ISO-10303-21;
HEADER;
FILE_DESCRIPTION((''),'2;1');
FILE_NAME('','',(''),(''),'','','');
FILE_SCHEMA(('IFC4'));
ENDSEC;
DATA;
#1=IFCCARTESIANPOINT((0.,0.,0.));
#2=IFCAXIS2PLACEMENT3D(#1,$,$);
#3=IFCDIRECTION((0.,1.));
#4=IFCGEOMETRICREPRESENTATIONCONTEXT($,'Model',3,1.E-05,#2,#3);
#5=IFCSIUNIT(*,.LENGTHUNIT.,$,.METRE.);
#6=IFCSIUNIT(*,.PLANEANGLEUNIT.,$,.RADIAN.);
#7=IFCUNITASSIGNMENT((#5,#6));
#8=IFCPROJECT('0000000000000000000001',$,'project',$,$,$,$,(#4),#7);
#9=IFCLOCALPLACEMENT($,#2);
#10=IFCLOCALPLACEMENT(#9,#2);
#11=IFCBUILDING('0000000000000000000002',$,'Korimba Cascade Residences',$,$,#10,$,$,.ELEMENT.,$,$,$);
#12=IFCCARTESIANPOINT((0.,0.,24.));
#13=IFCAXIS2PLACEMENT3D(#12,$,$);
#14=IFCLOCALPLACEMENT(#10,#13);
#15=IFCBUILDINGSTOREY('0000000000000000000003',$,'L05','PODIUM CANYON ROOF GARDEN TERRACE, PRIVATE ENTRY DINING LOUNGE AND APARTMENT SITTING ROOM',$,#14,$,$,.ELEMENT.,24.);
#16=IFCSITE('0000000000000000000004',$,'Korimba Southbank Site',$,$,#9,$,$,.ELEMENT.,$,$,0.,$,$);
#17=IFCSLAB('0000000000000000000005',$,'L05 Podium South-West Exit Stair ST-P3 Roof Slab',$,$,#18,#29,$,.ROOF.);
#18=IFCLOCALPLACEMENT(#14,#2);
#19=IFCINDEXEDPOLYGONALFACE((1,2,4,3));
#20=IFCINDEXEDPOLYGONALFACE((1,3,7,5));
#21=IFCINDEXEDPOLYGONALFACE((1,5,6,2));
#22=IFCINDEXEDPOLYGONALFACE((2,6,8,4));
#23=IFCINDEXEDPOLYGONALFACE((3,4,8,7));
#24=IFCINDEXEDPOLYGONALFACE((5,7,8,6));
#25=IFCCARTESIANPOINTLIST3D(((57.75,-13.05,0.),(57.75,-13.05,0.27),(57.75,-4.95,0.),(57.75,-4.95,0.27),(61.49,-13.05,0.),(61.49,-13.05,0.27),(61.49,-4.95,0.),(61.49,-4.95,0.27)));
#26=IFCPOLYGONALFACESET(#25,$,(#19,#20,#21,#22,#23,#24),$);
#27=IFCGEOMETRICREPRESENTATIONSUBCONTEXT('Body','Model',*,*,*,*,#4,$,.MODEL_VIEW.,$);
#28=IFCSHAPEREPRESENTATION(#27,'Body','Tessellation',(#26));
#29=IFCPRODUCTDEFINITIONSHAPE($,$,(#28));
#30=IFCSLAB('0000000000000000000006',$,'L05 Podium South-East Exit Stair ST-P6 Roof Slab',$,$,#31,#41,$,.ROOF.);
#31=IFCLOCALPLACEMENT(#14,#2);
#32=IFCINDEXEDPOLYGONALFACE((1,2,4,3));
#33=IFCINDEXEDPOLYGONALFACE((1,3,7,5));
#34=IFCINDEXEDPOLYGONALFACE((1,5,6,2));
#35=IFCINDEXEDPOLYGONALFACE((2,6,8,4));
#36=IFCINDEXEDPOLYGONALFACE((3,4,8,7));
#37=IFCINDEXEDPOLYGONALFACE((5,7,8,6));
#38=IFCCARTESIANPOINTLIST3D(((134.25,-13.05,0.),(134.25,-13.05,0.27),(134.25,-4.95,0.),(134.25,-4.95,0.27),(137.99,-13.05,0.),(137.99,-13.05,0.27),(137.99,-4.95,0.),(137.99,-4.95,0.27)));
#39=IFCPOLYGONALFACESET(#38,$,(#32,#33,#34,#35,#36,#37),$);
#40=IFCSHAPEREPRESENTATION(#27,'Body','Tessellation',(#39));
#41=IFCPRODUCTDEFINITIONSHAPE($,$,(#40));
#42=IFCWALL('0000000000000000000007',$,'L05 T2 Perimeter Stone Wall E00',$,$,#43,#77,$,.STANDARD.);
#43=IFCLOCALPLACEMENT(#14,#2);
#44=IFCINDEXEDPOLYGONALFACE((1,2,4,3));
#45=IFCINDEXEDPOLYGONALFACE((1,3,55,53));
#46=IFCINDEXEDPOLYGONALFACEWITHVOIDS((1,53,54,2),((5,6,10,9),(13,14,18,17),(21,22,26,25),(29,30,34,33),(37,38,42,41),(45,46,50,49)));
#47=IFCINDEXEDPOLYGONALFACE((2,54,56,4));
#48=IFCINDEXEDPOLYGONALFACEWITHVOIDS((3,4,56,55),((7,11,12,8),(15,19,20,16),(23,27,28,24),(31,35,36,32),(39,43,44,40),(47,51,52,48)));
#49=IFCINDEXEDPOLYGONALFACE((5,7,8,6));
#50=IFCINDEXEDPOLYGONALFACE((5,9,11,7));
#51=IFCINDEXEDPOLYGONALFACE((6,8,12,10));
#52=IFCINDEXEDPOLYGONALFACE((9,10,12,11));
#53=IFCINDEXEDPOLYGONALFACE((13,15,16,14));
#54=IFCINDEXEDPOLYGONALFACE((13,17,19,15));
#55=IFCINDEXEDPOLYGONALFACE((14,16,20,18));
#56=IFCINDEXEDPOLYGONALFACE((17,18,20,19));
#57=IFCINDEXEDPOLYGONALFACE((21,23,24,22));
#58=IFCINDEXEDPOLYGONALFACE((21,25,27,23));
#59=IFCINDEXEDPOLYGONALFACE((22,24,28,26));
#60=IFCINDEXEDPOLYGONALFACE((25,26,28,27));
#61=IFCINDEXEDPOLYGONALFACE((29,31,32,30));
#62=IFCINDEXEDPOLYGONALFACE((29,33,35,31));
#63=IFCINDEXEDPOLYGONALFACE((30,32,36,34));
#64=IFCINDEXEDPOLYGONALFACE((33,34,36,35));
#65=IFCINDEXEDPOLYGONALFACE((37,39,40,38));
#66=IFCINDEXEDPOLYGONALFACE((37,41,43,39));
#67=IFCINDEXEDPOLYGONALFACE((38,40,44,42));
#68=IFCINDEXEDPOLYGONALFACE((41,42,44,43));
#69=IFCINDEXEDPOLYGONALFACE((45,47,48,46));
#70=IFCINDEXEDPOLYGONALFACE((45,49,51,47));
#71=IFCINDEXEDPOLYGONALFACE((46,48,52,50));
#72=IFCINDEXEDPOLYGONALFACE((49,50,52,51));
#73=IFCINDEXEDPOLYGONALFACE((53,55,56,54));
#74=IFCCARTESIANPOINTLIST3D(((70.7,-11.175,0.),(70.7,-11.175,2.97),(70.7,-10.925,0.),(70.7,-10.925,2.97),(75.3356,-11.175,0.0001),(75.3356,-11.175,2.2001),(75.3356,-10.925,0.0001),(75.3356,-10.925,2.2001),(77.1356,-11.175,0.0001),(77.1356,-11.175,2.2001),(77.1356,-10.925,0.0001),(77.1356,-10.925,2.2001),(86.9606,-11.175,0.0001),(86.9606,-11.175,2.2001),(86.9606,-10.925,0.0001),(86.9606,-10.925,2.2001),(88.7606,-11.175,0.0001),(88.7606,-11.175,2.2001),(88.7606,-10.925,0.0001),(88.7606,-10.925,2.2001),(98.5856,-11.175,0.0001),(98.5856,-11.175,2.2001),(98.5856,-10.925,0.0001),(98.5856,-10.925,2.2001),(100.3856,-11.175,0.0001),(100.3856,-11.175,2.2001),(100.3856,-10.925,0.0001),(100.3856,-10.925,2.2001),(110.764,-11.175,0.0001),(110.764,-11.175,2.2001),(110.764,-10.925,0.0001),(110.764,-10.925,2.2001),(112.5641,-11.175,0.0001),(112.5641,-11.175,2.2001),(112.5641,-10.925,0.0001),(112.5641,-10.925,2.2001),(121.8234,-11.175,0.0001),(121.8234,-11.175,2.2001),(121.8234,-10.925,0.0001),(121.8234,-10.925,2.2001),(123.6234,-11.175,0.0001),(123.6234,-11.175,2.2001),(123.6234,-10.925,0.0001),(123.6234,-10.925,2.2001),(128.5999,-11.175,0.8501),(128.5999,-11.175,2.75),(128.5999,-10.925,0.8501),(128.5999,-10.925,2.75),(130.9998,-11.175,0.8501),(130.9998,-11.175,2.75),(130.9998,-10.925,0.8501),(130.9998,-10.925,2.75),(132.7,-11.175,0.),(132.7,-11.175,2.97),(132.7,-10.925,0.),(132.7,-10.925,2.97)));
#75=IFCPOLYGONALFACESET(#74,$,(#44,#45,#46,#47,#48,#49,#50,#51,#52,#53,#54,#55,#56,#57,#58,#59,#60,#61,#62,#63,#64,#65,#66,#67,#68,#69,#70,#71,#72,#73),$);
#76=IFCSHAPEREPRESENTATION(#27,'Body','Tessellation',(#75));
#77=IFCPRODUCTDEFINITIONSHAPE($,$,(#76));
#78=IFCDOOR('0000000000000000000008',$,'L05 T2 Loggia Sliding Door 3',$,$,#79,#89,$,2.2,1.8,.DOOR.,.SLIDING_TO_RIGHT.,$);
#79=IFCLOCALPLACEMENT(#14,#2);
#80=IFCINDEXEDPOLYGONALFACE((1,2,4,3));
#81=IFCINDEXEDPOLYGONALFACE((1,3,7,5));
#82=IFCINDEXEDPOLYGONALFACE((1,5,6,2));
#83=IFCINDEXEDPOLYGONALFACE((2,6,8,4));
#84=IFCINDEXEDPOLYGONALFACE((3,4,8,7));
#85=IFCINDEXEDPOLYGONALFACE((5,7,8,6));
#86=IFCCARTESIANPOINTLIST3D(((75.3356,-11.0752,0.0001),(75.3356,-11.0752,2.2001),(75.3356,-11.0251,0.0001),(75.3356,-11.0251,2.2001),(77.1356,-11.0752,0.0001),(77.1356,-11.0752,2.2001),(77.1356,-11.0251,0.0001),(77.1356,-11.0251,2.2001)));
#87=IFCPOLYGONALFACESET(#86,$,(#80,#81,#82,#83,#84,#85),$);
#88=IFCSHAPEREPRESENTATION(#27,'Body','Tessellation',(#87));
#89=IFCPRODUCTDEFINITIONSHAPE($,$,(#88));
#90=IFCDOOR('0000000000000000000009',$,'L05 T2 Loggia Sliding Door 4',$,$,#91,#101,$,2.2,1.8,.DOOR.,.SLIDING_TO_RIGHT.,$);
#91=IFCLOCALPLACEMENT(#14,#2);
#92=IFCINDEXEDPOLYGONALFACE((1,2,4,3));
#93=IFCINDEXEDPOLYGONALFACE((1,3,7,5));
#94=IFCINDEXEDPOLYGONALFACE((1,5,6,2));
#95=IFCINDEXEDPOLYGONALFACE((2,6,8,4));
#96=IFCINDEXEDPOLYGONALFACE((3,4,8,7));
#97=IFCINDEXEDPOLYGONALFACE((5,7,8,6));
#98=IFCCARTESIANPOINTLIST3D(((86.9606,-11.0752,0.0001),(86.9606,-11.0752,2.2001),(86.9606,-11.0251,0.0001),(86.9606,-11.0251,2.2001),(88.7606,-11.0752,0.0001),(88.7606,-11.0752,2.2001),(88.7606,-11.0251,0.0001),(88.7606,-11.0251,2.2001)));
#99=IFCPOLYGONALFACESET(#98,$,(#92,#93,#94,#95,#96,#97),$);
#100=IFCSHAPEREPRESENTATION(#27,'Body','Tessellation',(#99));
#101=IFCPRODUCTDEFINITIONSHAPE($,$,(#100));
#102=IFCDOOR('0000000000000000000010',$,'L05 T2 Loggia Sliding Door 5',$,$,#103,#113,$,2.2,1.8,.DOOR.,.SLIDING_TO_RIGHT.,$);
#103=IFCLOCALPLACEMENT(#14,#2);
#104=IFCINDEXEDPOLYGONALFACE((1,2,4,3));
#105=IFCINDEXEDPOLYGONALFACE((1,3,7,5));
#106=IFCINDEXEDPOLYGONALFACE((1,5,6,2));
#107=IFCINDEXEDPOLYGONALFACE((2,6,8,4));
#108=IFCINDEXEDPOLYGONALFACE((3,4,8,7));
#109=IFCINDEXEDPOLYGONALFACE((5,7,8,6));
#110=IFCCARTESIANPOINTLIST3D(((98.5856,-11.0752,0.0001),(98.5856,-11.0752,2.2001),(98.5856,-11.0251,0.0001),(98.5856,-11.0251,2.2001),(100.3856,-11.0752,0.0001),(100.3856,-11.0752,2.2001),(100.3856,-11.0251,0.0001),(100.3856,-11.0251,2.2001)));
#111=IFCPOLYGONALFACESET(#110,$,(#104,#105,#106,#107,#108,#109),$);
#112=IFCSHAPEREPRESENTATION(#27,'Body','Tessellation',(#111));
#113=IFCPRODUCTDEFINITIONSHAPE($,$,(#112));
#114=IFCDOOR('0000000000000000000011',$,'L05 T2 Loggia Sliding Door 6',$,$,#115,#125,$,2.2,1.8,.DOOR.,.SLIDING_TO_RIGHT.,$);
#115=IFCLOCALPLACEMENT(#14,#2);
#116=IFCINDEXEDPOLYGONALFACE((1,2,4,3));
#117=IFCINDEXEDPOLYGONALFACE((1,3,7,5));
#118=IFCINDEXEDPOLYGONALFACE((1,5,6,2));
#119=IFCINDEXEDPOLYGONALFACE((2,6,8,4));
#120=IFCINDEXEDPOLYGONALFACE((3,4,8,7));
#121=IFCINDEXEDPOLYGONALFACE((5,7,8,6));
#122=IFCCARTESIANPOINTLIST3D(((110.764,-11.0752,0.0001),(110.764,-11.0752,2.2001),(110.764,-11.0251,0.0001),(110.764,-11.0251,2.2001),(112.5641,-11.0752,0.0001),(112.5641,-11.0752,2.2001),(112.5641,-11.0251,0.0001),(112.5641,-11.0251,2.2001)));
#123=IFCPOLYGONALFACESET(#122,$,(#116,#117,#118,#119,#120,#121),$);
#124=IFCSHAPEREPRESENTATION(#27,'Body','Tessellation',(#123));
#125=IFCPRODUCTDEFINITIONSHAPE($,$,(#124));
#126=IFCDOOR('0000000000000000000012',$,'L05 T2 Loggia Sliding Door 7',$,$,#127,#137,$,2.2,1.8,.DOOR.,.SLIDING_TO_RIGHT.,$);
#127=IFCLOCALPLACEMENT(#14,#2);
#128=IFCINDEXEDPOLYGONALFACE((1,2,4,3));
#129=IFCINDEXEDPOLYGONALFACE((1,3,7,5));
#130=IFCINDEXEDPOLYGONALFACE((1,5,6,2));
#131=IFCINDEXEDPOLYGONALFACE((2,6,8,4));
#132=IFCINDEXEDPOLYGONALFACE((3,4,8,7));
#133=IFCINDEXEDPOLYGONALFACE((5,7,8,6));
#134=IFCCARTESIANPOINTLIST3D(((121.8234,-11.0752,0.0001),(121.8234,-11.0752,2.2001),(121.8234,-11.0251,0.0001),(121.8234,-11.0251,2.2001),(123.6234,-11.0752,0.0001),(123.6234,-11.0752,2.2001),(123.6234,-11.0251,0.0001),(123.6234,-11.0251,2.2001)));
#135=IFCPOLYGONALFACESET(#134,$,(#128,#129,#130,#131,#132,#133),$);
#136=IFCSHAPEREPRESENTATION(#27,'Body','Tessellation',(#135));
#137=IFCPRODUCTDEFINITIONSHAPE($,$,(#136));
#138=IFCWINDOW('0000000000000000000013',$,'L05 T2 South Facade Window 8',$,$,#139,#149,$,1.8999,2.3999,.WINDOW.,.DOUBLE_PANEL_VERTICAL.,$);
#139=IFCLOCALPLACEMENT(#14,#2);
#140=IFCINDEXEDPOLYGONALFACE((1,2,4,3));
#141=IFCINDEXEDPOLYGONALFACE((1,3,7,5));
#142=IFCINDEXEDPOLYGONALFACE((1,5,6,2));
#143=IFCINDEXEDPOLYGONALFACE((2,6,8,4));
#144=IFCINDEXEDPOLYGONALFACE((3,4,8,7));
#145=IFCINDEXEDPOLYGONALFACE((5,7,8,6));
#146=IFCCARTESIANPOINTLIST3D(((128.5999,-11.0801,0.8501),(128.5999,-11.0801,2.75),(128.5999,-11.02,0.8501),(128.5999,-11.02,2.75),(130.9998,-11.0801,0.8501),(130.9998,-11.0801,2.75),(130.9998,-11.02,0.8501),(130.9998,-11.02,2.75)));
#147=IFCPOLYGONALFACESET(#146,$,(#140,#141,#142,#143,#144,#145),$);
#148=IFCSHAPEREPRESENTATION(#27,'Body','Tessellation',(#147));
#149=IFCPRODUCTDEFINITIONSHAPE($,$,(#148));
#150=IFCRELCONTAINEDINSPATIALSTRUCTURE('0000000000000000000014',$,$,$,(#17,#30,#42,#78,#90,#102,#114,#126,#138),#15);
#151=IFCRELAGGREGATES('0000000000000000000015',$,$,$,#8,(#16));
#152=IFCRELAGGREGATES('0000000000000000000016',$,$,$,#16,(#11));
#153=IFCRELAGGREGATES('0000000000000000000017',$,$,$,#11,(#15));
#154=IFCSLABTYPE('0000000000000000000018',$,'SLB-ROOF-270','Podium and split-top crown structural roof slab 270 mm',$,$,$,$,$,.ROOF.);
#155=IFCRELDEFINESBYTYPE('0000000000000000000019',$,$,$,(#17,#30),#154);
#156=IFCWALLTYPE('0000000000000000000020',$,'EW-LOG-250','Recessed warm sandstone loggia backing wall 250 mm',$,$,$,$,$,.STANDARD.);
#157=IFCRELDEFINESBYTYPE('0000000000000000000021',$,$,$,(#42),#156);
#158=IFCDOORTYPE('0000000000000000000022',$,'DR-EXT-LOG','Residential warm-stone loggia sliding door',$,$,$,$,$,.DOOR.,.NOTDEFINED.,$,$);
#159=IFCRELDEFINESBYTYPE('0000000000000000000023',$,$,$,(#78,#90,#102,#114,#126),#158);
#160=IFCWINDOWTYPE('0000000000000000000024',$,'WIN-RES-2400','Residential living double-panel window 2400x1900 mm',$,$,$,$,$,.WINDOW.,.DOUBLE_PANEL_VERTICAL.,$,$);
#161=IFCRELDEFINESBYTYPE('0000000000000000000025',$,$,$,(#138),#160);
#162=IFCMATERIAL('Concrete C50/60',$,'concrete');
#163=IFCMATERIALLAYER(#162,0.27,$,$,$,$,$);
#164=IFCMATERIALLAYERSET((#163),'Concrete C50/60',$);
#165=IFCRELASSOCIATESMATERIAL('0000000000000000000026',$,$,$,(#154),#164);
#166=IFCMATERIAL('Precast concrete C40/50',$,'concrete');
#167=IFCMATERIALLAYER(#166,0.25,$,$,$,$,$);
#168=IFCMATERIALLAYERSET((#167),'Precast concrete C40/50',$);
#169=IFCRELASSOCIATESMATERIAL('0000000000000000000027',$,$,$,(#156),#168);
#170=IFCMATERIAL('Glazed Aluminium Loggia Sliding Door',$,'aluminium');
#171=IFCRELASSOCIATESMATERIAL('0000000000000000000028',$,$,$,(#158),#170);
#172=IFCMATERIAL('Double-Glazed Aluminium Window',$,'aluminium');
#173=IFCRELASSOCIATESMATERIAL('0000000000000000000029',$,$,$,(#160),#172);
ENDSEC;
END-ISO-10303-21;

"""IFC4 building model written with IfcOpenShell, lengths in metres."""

from ifc_helpers import new_model, si_unit, direction, frame, frame_2d, origin, place, context, subcontext, project, spatial, polyline, rectangle, outline, extrude, material, layer, layer_set, type_object, element, fill, save


model = new_model("IFC4")

# Units and contexts
model_context = context("Model", 3, precision=1e-05, world=origin(), true_north=direction((0.0, 1.0)))
body_context = subcontext(model_context, "Body", "Model", "MODEL_VIEW")
ifc_project = project(units=[si_unit("LENGTHUNIT", "METRE"), si_unit("PLANEANGLEUNIT", "RADIAN")], contexts=[model_context])

# Site, building, storey
site_placement = place(None, origin())
site = spatial("IfcSite", under=ifc_project, at=site_placement, Name="Korimba Southbank Site", CompositionType="ELEMENT", RefElevation=0.0)
building_placement = place(site_placement, origin())
building = spatial("IfcBuilding", under=site, at=building_placement, Name="Korimba Cascade Residences", CompositionType="ELEMENT")
storey_placement = place(building_placement, frame((0.0, 0.0, 24.0)))
storey = spatial("IfcBuildingStorey", under=building, at=storey_placement, Name="L05", Description="PODIUM CANYON ROOF GARDEN TERRACE, PRIVATE ENTRY DINING LOUNGE AND APARTMENT SITTING ROOM", CompositionType="ELEMENT", Elevation=24.0)

# Slabs
ifc_material_1 = material(Name="Concrete C50/60", Category="concrete")
ifc_layer_1 = layer(ifc_material_1, 0.27)
ifc_layer_set_1 = layer_set([ifc_layer_1], Name="Concrete C50/60")
slab_type = type_object("IfcSlabType", Name="SLB-ROOF-270", Description="Podium and split-top crown structural roof slab 270 mm", PredefinedType="ROOF", material=ifc_layer_set_1)
slab_1_placement = place(storey_placement, origin())
element("IfcSlab", 1, at=slab_1_placement, inside=storey, type_object=slab_type, Name="L05 Podium South-West Exit Stair ST-P3 Roof Slab", PredefinedType="ROOF", context=body_context, shape_type="SweptSolid", body=[
    extrude(outline(polyline([(57.75, -13.05), (61.49, -13.05), (61.49, -4.95), (57.75, -4.95), (57.75, -13.05)])), origin(), (0.0, 0.0, 1.0), 0.27),
])
slab_2_placement = place(storey_placement, origin())
element("IfcSlab", 2, at=slab_2_placement, inside=storey, type_object=slab_type, Name="L05 Podium South-East Exit Stair ST-P6 Roof Slab", PredefinedType="ROOF", context=body_context, shape_type="SweptSolid", body=[
    extrude(outline(polyline([(134.25, -13.05), (137.99, -13.05), (137.99, -4.95), (134.25, -4.95), (134.25, -13.05)])), origin(), (0.0, 0.0, 1.0), 0.27),
])

# Wall, openings, doors, window
ifc_material_2 = material(Name="Precast concrete C40/50", Category="concrete")
ifc_layer_2 = layer(ifc_material_2, 0.25)
ifc_layer_set_2 = layer_set([ifc_layer_2], Name="Precast concrete C40/50")
wall_type_1 = type_object("IfcWallType", Name="EW-LOG-250", Description="Recessed warm sandstone loggia backing wall 250 mm", PredefinedType="STANDARD", material=ifc_layer_set_2)
wall_1_placement = place(storey_placement, frame((70.7, -11.05, 0.0), z_axis=(0.0, 0.0, 1.0), x_axis=(1.0, 0.0, 0.0)))
wall_1 = element("IfcWall", 3, at=wall_1_placement, inside=storey, type_object=wall_type_1, Name="L05 T2 Perimeter Stone Wall E00", PredefinedType="STANDARD", context=body_context, shape_type="SweptSolid", body=[
    extrude(rectangle(XDim=62.0, YDim=0.25, at=frame_2d((31.0, 0.0))), origin(), (0.0, 0.0, 1.0), 2.97),
])
opening_1_placement = place(wall_1_placement, frame((4.6357, 0.0, 0.0)))
opening_1 = element("IfcOpeningElement", 4, at=opening_1_placement, cuts=wall_1, PredefinedType="OPENING", context=body_context, shape_type="SweptSolid", body=[
    extrude(rectangle(XDim=1.8, YDim=2.2, at=frame_2d((0.8999, 1.1001))), frame((0.0, 0.135, 0.0), z_axis=(0.0, -1.0, 0.0), x_axis=(1.0, 0.0, 0.0)), (0.0, 0.0, 1.0), 0.27),
])
opening_2_placement = place(wall_1_placement, frame((16.2607, 0.0, 0.0)))
opening_2 = element("IfcOpeningElement", 5, at=opening_2_placement, cuts=wall_1, PredefinedType="OPENING", context=body_context, shape_type="SweptSolid", body=[
    extrude(rectangle(XDim=1.8, YDim=2.2, at=frame_2d((0.8999, 1.1001))), frame((0.0, 0.135, 0.0), z_axis=(0.0, -1.0, 0.0), x_axis=(1.0, 0.0, 0.0)), (0.0, 0.0, 1.0), 0.27),
])
opening_3_placement = place(wall_1_placement, frame((27.8857, 0.0, 0.0)))
opening_3 = element("IfcOpeningElement", 6, at=opening_3_placement, cuts=wall_1, PredefinedType="OPENING", context=body_context, shape_type="SweptSolid", body=[
    extrude(rectangle(XDim=1.8, YDim=2.2, at=frame_2d((0.8999, 1.1001))), frame((0.0, 0.135, 0.0), z_axis=(0.0, -1.0, 0.0), x_axis=(1.0, 0.0, 0.0)), (0.0, 0.0, 1.0), 0.27),
])
opening_4_placement = place(wall_1_placement, frame((40.0642, 0.0, 0.0)))
opening_4 = element("IfcOpeningElement", 7, at=opening_4_placement, cuts=wall_1, PredefinedType="OPENING", context=body_context, shape_type="SweptSolid", body=[
    extrude(rectangle(XDim=1.8, YDim=2.2, at=frame_2d((0.8999, 1.1001))), frame((0.0, 0.135, 0.0), z_axis=(0.0, -1.0, 0.0), x_axis=(1.0, 0.0, 0.0)), (0.0, 0.0, 1.0), 0.27),
])
opening_5_placement = place(wall_1_placement, frame((51.1235, 0.0, 0.0)))
opening_5 = element("IfcOpeningElement", 8, at=opening_5_placement, cuts=wall_1, PredefinedType="OPENING", context=body_context, shape_type="SweptSolid", body=[
    extrude(rectangle(XDim=1.8, YDim=2.2, at=frame_2d((0.8999, 1.1001))), frame((0.0, 0.135, 0.0), z_axis=(0.0, -1.0, 0.0), x_axis=(1.0, 0.0, 0.0)), (0.0, 0.0, 1.0), 0.27),
])
opening_6_placement = place(wall_1_placement, frame((57.8999, 0.0, 0.8501)))
opening_6 = element("IfcOpeningElement", 9, at=opening_6_placement, cuts=wall_1, PredefinedType="OPENING", context=body_context, shape_type="SweptSolid", body=[
    extrude(rectangle(XDim=2.3999, YDim=1.8999, at=frame_2d((1.2, 0.95))), frame((0.0, 0.135, 0.0), z_axis=(0.0, -1.0, 0.0), x_axis=(1.0, 0.0, 0.0)), (0.0, 0.0, 1.0), 0.27),
])
ifc_material_3 = material(Name="Glazed Aluminium Loggia Sliding Door", Category="aluminium")
door_type_1 = type_object("IfcDoorType", Name="DR-EXT-LOG", Description="Residential warm-stone loggia sliding door", OperationType="NOTDEFINED", PredefinedType="DOOR", material=ifc_material_3)
door_1_placement = place(opening_1_placement, origin())
door_1 = element("IfcDoor", 10, at=door_1_placement, inside=storey, type_object=door_type_1, Name="L05 T2 Loggia Sliding Door 3", OperationType="SLIDING_TO_RIGHT", OverallHeight=2.2, OverallWidth=1.8, PredefinedType="DOOR", context=body_context, shape_type="SweptSolid", body=[
    extrude(rectangle(XDim=1.8, YDim=2.2, at=frame_2d((0.8999, 1.1001))), frame((0.0, 0.0249, 0.0), z_axis=(0.0, -1.0, 0.0), x_axis=(1.0, 0.0, 0.0)), (0.0, 0.0, 1.0), 0.05),
])
fill(opening_1, door_1)
door_2_placement = place(opening_2_placement, origin())
door_2 = element("IfcDoor", 11, at=door_2_placement, inside=storey, type_object=door_type_1, Name="L05 T2 Loggia Sliding Door 4", OperationType="SLIDING_TO_RIGHT", OverallHeight=2.2, OverallWidth=1.8, PredefinedType="DOOR", context=body_context, shape_type="SweptSolid", body=[
    extrude(rectangle(XDim=1.8, YDim=2.2, at=frame_2d((0.8999, 1.1001))), frame((0.0, 0.0249, 0.0), z_axis=(0.0, -1.0, 0.0), x_axis=(1.0, 0.0, 0.0)), (0.0, 0.0, 1.0), 0.05),
])
fill(opening_2, door_2)
door_3_placement = place(opening_3_placement, origin())
door_3 = element("IfcDoor", 12, at=door_3_placement, inside=storey, type_object=door_type_1, Name="L05 T2 Loggia Sliding Door 5", OperationType="SLIDING_TO_RIGHT", OverallHeight=2.2, OverallWidth=1.8, PredefinedType="DOOR", context=body_context, shape_type="SweptSolid", body=[
    extrude(rectangle(XDim=1.8, YDim=2.2, at=frame_2d((0.8999, 1.1001))), frame((0.0, 0.0249, 0.0), z_axis=(0.0, -1.0, 0.0), x_axis=(1.0, 0.0, 0.0)), (0.0, 0.0, 1.0), 0.05),
])
fill(opening_3, door_3)
door_4_placement = place(opening_4_placement, origin())
door_4 = element("IfcDoor", 13, at=door_4_placement, inside=storey, type_object=door_type_1, Name="L05 T2 Loggia Sliding Door 6", OperationType="SLIDING_TO_RIGHT", OverallHeight=2.2, OverallWidth=1.8, PredefinedType="DOOR", context=body_context, shape_type="SweptSolid", body=[
    extrude(rectangle(XDim=1.8, YDim=2.2, at=frame_2d((0.8999, 1.1001))), frame((0.0, 0.0249, 0.0), z_axis=(0.0, -1.0, 0.0), x_axis=(1.0, 0.0, 0.0)), (0.0, 0.0, 1.0), 0.05),
])
fill(opening_4, door_4)
door_5_placement = place(opening_5_placement, origin())
door_5 = element("IfcDoor", 14, at=door_5_placement, inside=storey, type_object=door_type_1, Name="L05 T2 Loggia Sliding Door 7", OperationType="SLIDING_TO_RIGHT", OverallHeight=2.2, OverallWidth=1.8, PredefinedType="DOOR", context=body_context, shape_type="SweptSolid", body=[
    extrude(rectangle(XDim=1.8, YDim=2.2, at=frame_2d((0.8999, 1.1001))), frame((0.0, 0.0249, 0.0), z_axis=(0.0, -1.0, 0.0), x_axis=(1.0, 0.0, 0.0)), (0.0, 0.0, 1.0), 0.05),
])
fill(opening_5, door_5)
ifc_material_4 = material(Name="Double-Glazed Aluminium Window", Category="aluminium")
window_type_1 = type_object("IfcWindowType", Name="WIN-RES-2400", Description="Residential living double-panel window 2400x1900 mm", PartitioningType="DOUBLE_PANEL_VERTICAL", PredefinedType="WINDOW", material=ifc_material_4)
window_1_placement = place(opening_6_placement, origin())
window_1 = element("IfcWindow", 15, at=window_1_placement, inside=storey, type_object=window_type_1, Name="L05 T2 South Facade Window 8", OverallHeight=1.8999, OverallWidth=2.3999, PartitioningType="DOUBLE_PANEL_VERTICAL", PredefinedType="WINDOW", context=body_context, shape_type="SweptSolid", body=[
    extrude(rectangle(XDim=2.3999, YDim=1.8999, at=frame_2d((1.2, 0.95))), frame((0.0, 0.03, 0.0), z_axis=(0.0, -1.0, 0.0), x_axis=(1.0, 0.0, 0.0)), (0.0, 0.0, 1.0), 0.0601),
])
fill(opening_6, window_1)

save(model, "model.ifc")
